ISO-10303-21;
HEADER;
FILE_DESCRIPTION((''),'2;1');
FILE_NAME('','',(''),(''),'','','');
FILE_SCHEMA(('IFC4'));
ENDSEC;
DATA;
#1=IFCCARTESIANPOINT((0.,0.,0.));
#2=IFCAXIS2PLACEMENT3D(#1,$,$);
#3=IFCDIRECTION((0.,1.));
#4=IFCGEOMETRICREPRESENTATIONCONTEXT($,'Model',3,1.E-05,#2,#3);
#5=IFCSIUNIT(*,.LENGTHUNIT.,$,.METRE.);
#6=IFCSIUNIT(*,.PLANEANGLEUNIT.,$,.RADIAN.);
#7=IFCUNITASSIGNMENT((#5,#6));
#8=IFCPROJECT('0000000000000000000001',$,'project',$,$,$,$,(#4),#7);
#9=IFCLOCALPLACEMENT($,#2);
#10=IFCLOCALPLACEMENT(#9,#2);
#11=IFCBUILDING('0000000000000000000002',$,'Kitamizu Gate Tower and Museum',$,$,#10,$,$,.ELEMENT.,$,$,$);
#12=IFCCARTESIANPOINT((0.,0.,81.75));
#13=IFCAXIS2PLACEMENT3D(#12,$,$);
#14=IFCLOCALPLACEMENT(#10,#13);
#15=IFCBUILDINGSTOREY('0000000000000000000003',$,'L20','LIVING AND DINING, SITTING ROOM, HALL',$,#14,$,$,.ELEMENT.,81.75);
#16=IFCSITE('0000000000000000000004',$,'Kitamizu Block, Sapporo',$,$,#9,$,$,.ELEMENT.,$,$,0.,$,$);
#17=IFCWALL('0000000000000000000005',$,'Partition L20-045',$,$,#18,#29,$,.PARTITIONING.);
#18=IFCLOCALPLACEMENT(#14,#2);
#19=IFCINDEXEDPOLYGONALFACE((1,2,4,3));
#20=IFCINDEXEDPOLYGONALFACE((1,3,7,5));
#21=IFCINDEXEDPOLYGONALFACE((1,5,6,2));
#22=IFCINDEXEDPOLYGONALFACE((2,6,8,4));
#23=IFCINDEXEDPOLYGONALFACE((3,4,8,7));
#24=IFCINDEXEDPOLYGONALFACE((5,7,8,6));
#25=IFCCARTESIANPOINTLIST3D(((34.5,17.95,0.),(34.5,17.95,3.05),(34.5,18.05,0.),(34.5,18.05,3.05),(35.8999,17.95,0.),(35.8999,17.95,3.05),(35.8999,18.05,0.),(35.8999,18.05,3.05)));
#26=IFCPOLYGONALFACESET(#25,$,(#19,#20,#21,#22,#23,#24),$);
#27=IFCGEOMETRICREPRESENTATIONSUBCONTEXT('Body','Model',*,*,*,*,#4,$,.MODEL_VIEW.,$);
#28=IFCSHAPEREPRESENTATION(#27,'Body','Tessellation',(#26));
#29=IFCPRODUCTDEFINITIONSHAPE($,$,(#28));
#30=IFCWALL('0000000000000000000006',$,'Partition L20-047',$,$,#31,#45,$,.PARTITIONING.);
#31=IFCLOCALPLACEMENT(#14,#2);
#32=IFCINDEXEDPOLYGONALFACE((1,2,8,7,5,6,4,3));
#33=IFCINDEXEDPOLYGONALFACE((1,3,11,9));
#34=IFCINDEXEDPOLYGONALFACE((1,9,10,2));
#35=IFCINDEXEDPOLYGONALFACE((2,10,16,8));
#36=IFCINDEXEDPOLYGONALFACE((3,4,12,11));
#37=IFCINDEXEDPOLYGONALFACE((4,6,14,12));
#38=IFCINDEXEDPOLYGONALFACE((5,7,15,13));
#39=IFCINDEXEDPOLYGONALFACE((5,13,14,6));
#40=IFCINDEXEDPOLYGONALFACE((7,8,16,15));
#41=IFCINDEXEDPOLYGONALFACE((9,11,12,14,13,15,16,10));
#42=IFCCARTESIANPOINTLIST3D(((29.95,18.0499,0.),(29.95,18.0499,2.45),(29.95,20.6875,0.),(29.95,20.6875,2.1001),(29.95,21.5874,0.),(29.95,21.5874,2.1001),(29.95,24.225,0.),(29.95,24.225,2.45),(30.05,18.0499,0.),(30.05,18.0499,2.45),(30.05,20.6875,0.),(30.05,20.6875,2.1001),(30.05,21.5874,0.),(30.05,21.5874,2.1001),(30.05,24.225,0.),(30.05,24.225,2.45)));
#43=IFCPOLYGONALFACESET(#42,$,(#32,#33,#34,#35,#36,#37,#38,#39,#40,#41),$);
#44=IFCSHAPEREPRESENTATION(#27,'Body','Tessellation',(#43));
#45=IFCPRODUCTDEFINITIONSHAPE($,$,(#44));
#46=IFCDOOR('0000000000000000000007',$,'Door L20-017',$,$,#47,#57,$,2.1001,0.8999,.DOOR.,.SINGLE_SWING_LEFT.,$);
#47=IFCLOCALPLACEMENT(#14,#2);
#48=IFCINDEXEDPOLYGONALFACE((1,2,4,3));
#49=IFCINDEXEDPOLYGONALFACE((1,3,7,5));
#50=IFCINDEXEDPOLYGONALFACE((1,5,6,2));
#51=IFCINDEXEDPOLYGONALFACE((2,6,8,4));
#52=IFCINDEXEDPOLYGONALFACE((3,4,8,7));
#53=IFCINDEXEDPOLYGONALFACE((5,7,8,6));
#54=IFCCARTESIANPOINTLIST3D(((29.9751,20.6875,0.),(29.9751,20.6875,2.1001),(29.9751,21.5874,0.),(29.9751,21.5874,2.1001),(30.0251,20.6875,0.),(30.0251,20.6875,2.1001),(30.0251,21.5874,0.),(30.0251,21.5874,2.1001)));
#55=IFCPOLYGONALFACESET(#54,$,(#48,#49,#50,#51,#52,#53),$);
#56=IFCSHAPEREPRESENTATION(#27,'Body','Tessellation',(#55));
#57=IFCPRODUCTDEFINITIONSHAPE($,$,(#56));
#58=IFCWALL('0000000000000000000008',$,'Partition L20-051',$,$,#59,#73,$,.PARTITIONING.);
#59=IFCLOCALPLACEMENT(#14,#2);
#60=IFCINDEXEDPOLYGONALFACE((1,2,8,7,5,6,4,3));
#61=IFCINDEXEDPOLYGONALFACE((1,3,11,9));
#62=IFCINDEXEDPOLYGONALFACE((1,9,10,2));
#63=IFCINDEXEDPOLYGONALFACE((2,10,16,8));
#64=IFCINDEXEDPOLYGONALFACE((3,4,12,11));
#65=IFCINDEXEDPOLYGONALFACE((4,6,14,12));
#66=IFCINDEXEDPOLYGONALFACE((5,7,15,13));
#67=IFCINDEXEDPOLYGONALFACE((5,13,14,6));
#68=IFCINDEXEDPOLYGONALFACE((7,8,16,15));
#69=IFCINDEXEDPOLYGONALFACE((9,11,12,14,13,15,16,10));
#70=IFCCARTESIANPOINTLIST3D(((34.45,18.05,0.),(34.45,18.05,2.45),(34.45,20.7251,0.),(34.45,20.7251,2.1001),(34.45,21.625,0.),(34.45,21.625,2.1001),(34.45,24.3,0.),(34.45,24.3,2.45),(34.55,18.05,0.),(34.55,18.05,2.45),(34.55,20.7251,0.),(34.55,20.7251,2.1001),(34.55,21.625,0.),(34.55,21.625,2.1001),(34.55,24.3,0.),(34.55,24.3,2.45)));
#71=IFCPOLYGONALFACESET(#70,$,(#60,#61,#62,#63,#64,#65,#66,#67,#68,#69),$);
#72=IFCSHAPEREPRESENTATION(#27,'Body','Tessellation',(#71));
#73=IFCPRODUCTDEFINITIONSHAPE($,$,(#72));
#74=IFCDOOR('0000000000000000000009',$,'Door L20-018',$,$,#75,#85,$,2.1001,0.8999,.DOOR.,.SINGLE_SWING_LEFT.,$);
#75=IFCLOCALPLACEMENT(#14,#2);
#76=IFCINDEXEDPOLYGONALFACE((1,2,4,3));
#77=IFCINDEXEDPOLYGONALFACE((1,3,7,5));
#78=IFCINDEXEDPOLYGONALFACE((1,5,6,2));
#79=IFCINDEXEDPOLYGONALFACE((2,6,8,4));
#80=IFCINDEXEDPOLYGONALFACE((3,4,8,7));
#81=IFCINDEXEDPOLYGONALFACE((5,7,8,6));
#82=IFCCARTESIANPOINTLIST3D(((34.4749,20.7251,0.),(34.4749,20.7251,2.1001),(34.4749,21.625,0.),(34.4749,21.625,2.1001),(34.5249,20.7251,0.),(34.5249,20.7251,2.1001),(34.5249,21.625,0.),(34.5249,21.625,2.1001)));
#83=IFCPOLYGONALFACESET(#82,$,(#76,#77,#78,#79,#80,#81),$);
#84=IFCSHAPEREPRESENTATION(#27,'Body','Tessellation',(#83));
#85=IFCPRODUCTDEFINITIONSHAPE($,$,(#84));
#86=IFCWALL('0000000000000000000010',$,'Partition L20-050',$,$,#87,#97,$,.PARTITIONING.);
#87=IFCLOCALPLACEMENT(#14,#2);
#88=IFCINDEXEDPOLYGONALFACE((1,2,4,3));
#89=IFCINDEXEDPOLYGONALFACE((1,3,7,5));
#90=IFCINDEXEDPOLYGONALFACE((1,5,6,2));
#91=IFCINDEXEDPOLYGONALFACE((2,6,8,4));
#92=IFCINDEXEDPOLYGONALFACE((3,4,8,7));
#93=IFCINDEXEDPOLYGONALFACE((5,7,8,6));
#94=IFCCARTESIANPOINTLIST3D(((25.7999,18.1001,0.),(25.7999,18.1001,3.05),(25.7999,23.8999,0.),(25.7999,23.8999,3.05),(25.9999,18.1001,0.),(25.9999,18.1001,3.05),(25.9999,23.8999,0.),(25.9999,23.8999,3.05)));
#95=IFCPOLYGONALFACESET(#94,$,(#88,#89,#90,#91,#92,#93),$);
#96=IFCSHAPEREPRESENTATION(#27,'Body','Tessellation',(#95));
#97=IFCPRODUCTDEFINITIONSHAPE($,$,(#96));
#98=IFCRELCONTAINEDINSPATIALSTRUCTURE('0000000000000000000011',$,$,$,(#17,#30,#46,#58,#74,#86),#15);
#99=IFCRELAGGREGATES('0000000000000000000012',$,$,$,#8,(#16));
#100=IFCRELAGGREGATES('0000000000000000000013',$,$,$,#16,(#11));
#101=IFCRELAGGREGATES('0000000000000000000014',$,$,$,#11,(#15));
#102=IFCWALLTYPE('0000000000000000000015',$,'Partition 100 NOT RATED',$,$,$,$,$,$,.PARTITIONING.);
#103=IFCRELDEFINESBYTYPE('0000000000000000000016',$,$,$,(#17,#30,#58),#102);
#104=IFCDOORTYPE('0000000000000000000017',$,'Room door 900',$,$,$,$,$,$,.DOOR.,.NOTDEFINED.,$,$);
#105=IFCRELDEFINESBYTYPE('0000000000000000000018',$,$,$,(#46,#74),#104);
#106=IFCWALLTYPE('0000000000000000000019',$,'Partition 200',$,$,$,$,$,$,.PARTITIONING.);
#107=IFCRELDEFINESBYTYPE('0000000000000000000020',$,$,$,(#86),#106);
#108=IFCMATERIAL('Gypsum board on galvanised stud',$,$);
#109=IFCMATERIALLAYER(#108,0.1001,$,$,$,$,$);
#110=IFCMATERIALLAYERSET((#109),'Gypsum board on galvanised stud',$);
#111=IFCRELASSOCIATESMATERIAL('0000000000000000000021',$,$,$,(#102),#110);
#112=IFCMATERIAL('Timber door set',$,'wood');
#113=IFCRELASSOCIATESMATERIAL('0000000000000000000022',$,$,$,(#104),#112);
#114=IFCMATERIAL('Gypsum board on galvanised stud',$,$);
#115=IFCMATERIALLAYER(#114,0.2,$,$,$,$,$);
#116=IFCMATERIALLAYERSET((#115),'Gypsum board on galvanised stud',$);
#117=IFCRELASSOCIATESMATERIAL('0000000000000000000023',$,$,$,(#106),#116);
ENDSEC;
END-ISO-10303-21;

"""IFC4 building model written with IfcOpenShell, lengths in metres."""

from ifc_helpers import new_model, si_unit, direction, frame, frame_2d, origin, place, context, subcontext, project, spatial, rectangle, extrude, material, layer, layer_set, type_object, element, fill, save


model = new_model("IFC4")

# Units and contexts
model_context = context("Model", 3, precision=1e-05, world=origin(), true_north=direction((0.0, 1.0)))
body_context = subcontext(model_context, "Body", "Model", "MODEL_VIEW")
ifc_project = project(units=[si_unit("LENGTHUNIT", "METRE"), si_unit("PLANEANGLEUNIT", "RADIAN")], contexts=[model_context])

# Site, building, storey
site_placement = place(None, origin())
site = spatial("IfcSite", under=ifc_project, at=site_placement, Name="Kitamizu Block, Sapporo", CompositionType="ELEMENT", RefElevation=0.0)
building_placement = place(site_placement, origin())
building = spatial("IfcBuilding", under=site, at=building_placement, Name="Kitamizu Gate Tower and Museum", CompositionType="ELEMENT")
storey_placement = place(building_placement, frame((0.0, 0.0, 81.75)))
storey = spatial("IfcBuildingStorey", under=building, at=storey_placement, Name="L20", Description="LIVING AND DINING, SITTING ROOM, HALL", CompositionType="ELEMENT", Elevation=81.75)

# Shared definitions
ifc_material_1 = material(Name="Gypsum board on galvanised stud")
ifc_layer_1 = layer(ifc_material_1, 0.1001)
ifc_layer_set_1 = layer_set([ifc_layer_1], Name="Gypsum board on galvanised stud")
wall_type_1 = type_object("IfcWallType", Name="Partition 100 NOT RATED", PredefinedType="PARTITIONING", material=ifc_layer_set_1)
ifc_material_2 = material(Name="Timber door set", Category="wood")
door_type = type_object("IfcDoorType", Name="Room door 900", OperationType="NOTDEFINED", PredefinedType="DOOR", material=ifc_material_2)

# Wall
wall_1_placement = place(storey_placement, frame((35.8999, 18.0, 0.0), z_axis=(0.0, 0.0, 1.0), x_axis=(-1.0, 0.0, 0.0)))
element("IfcWall", 1, at=wall_1_placement, inside=storey, type_object=wall_type_1, Name="Partition L20-045", PredefinedType="PARTITIONING", context=body_context, shape_type="SweptSolid", body=[
    extrude(rectangle(XDim=1.3999, YDim=0.1001, at=frame_2d((0.7, 0.0))), origin(), (0.0, 0.0, 1.0), 3.05),
])

# Walls, openings, doors
wall_2_placement = place(storey_placement, frame((30.0, 18.05, 0.0), z_axis=(0.0, 0.0, 1.0), x_axis=(0.0, 1.0, 0.0)))
wall_2 = element("IfcWall", 2, at=wall_2_placement, inside=storey, type_object=wall_type_1, Name="Partition L20-047", PredefinedType="PARTITIONING", context=body_context, shape_type="SweptSolid", body=[
    extrude(rectangle(XDim=6.175, YDim=0.1001, at=frame_2d((3.0874, 0.0))), origin(), (0.0, 0.0, 1.0), 2.45),
])
opening_1_placement = place(wall_2_placement, frame((2.6375, 0.0, 0.0)))
opening_1 = element("IfcOpeningElement", 3, at=opening_1_placement, cuts=wall_2, PredefinedType="OPENING", context=body_context, shape_type="SweptSolid", body=[
    extrude(rectangle(XDim=0.8999, YDim=2.1001, at=frame_2d((0.45, 1.05))), frame((0.0, 0.0601, 0.0), z_axis=(0.0, -1.0, 0.0), x_axis=(1.0, 0.0, 0.0)), (0.0, 0.0, 1.0), 0.1201),
])
door_1_placement = place(opening_1_placement, origin())
door_1 = element("IfcDoor", 4, at=door_1_placement, inside=storey, type_object=door_type, Name="Door L20-017", OperationType="SINGLE_SWING_LEFT", OverallHeight=2.1001, OverallWidth=0.8999, PredefinedType="DOOR", context=body_context, shape_type="SweptSolid", body=[
    extrude(rectangle(XDim=0.8999, YDim=2.1001, at=frame_2d((0.45, 1.05))), frame((0.0, 0.0249, 0.0), z_axis=(0.0, -1.0, 0.0), x_axis=(1.0, 0.0, 0.0)), (0.0, 0.0, 1.0), 0.05),
])
fill(opening_1, door_1)
wall_3_placement = place(storey_placement, frame((34.5, 18.05, 0.0), z_axis=(0.0, 0.0, 1.0), x_axis=(0.0, 1.0, 0.0)))
wall_3 = element("IfcWall", 5, at=wall_3_placement, inside=storey, type_object=wall_type_1, Name="Partition L20-051", PredefinedType="PARTITIONING", context=body_context, shape_type="SweptSolid", body=[
    extrude(rectangle(XDim=6.25, YDim=0.1001, at=frame_2d((3.125, 0.0))), origin(), (0.0, 0.0, 1.0), 2.45),
])
opening_2_placement = place(wall_3_placement, frame((2.675, 0.0, 0.0)))
opening_2 = element("IfcOpeningElement", 6, at=opening_2_placement, cuts=wall_3, PredefinedType="OPENING", context=body_context, shape_type="SweptSolid", body=[
    extrude(rectangle(XDim=0.8999, YDim=2.1001, at=frame_2d((0.45, 1.05))), frame((0.0, 0.0601, 0.0), z_axis=(0.0, -1.0, 0.0), x_axis=(1.0, 0.0, 0.0)), (0.0, 0.0, 1.0), 0.1201),
])
door_2_placement = place(opening_2_placement, frame((0.8999, 0.0, 0.0), x_axis=(-1.0, 0.0, 0.0)))
door_2 = element("IfcDoor", 7, at=door_2_placement, inside=storey, type_object=door_type, Name="Door L20-018", OperationType="SINGLE_SWING_LEFT", OverallHeight=2.1001, OverallWidth=0.8999, PredefinedType="DOOR", context=body_context, shape_type="SweptSolid", body=[
    extrude(rectangle(XDim=0.8999, YDim=2.1001, at=frame_2d((0.45, 1.05))), frame((0.0, 0.0249, 0.0), z_axis=(0.0, -1.0, 0.0), x_axis=(1.0, 0.0, 0.0)), (0.0, 0.0, 1.0), 0.05),
])
fill(opening_2, door_2)

# Wall
ifc_material_3 = material(Name="Gypsum board on galvanised stud")
ifc_layer_2 = layer(ifc_material_3, 0.2)
ifc_layer_set_2 = layer_set([ifc_layer_2], Name="Gypsum board on galvanised stud")
wall_type_2 = type_object("IfcWallType", Name="Partition 200", PredefinedType="PARTITIONING", material=ifc_layer_set_2)
wall_4_placement = place(storey_placement, frame((25.8999, 23.8999, 0.0), z_axis=(0.0, 0.0, 1.0), x_axis=(0.0, -1.0, 0.0)))
element("IfcWall", 8, at=wall_4_placement, inside=storey, type_object=wall_type_2, Name="Partition L20-050", PredefinedType="PARTITIONING", context=body_context, shape_type="SweptSolid", body=[
    extrude(rectangle(XDim=5.7998, YDim=0.2, at=frame_2d((2.8999, 0.0))), origin(), (0.0, 0.0, 1.0), 3.05),
])

save(model, "model.ifc")
